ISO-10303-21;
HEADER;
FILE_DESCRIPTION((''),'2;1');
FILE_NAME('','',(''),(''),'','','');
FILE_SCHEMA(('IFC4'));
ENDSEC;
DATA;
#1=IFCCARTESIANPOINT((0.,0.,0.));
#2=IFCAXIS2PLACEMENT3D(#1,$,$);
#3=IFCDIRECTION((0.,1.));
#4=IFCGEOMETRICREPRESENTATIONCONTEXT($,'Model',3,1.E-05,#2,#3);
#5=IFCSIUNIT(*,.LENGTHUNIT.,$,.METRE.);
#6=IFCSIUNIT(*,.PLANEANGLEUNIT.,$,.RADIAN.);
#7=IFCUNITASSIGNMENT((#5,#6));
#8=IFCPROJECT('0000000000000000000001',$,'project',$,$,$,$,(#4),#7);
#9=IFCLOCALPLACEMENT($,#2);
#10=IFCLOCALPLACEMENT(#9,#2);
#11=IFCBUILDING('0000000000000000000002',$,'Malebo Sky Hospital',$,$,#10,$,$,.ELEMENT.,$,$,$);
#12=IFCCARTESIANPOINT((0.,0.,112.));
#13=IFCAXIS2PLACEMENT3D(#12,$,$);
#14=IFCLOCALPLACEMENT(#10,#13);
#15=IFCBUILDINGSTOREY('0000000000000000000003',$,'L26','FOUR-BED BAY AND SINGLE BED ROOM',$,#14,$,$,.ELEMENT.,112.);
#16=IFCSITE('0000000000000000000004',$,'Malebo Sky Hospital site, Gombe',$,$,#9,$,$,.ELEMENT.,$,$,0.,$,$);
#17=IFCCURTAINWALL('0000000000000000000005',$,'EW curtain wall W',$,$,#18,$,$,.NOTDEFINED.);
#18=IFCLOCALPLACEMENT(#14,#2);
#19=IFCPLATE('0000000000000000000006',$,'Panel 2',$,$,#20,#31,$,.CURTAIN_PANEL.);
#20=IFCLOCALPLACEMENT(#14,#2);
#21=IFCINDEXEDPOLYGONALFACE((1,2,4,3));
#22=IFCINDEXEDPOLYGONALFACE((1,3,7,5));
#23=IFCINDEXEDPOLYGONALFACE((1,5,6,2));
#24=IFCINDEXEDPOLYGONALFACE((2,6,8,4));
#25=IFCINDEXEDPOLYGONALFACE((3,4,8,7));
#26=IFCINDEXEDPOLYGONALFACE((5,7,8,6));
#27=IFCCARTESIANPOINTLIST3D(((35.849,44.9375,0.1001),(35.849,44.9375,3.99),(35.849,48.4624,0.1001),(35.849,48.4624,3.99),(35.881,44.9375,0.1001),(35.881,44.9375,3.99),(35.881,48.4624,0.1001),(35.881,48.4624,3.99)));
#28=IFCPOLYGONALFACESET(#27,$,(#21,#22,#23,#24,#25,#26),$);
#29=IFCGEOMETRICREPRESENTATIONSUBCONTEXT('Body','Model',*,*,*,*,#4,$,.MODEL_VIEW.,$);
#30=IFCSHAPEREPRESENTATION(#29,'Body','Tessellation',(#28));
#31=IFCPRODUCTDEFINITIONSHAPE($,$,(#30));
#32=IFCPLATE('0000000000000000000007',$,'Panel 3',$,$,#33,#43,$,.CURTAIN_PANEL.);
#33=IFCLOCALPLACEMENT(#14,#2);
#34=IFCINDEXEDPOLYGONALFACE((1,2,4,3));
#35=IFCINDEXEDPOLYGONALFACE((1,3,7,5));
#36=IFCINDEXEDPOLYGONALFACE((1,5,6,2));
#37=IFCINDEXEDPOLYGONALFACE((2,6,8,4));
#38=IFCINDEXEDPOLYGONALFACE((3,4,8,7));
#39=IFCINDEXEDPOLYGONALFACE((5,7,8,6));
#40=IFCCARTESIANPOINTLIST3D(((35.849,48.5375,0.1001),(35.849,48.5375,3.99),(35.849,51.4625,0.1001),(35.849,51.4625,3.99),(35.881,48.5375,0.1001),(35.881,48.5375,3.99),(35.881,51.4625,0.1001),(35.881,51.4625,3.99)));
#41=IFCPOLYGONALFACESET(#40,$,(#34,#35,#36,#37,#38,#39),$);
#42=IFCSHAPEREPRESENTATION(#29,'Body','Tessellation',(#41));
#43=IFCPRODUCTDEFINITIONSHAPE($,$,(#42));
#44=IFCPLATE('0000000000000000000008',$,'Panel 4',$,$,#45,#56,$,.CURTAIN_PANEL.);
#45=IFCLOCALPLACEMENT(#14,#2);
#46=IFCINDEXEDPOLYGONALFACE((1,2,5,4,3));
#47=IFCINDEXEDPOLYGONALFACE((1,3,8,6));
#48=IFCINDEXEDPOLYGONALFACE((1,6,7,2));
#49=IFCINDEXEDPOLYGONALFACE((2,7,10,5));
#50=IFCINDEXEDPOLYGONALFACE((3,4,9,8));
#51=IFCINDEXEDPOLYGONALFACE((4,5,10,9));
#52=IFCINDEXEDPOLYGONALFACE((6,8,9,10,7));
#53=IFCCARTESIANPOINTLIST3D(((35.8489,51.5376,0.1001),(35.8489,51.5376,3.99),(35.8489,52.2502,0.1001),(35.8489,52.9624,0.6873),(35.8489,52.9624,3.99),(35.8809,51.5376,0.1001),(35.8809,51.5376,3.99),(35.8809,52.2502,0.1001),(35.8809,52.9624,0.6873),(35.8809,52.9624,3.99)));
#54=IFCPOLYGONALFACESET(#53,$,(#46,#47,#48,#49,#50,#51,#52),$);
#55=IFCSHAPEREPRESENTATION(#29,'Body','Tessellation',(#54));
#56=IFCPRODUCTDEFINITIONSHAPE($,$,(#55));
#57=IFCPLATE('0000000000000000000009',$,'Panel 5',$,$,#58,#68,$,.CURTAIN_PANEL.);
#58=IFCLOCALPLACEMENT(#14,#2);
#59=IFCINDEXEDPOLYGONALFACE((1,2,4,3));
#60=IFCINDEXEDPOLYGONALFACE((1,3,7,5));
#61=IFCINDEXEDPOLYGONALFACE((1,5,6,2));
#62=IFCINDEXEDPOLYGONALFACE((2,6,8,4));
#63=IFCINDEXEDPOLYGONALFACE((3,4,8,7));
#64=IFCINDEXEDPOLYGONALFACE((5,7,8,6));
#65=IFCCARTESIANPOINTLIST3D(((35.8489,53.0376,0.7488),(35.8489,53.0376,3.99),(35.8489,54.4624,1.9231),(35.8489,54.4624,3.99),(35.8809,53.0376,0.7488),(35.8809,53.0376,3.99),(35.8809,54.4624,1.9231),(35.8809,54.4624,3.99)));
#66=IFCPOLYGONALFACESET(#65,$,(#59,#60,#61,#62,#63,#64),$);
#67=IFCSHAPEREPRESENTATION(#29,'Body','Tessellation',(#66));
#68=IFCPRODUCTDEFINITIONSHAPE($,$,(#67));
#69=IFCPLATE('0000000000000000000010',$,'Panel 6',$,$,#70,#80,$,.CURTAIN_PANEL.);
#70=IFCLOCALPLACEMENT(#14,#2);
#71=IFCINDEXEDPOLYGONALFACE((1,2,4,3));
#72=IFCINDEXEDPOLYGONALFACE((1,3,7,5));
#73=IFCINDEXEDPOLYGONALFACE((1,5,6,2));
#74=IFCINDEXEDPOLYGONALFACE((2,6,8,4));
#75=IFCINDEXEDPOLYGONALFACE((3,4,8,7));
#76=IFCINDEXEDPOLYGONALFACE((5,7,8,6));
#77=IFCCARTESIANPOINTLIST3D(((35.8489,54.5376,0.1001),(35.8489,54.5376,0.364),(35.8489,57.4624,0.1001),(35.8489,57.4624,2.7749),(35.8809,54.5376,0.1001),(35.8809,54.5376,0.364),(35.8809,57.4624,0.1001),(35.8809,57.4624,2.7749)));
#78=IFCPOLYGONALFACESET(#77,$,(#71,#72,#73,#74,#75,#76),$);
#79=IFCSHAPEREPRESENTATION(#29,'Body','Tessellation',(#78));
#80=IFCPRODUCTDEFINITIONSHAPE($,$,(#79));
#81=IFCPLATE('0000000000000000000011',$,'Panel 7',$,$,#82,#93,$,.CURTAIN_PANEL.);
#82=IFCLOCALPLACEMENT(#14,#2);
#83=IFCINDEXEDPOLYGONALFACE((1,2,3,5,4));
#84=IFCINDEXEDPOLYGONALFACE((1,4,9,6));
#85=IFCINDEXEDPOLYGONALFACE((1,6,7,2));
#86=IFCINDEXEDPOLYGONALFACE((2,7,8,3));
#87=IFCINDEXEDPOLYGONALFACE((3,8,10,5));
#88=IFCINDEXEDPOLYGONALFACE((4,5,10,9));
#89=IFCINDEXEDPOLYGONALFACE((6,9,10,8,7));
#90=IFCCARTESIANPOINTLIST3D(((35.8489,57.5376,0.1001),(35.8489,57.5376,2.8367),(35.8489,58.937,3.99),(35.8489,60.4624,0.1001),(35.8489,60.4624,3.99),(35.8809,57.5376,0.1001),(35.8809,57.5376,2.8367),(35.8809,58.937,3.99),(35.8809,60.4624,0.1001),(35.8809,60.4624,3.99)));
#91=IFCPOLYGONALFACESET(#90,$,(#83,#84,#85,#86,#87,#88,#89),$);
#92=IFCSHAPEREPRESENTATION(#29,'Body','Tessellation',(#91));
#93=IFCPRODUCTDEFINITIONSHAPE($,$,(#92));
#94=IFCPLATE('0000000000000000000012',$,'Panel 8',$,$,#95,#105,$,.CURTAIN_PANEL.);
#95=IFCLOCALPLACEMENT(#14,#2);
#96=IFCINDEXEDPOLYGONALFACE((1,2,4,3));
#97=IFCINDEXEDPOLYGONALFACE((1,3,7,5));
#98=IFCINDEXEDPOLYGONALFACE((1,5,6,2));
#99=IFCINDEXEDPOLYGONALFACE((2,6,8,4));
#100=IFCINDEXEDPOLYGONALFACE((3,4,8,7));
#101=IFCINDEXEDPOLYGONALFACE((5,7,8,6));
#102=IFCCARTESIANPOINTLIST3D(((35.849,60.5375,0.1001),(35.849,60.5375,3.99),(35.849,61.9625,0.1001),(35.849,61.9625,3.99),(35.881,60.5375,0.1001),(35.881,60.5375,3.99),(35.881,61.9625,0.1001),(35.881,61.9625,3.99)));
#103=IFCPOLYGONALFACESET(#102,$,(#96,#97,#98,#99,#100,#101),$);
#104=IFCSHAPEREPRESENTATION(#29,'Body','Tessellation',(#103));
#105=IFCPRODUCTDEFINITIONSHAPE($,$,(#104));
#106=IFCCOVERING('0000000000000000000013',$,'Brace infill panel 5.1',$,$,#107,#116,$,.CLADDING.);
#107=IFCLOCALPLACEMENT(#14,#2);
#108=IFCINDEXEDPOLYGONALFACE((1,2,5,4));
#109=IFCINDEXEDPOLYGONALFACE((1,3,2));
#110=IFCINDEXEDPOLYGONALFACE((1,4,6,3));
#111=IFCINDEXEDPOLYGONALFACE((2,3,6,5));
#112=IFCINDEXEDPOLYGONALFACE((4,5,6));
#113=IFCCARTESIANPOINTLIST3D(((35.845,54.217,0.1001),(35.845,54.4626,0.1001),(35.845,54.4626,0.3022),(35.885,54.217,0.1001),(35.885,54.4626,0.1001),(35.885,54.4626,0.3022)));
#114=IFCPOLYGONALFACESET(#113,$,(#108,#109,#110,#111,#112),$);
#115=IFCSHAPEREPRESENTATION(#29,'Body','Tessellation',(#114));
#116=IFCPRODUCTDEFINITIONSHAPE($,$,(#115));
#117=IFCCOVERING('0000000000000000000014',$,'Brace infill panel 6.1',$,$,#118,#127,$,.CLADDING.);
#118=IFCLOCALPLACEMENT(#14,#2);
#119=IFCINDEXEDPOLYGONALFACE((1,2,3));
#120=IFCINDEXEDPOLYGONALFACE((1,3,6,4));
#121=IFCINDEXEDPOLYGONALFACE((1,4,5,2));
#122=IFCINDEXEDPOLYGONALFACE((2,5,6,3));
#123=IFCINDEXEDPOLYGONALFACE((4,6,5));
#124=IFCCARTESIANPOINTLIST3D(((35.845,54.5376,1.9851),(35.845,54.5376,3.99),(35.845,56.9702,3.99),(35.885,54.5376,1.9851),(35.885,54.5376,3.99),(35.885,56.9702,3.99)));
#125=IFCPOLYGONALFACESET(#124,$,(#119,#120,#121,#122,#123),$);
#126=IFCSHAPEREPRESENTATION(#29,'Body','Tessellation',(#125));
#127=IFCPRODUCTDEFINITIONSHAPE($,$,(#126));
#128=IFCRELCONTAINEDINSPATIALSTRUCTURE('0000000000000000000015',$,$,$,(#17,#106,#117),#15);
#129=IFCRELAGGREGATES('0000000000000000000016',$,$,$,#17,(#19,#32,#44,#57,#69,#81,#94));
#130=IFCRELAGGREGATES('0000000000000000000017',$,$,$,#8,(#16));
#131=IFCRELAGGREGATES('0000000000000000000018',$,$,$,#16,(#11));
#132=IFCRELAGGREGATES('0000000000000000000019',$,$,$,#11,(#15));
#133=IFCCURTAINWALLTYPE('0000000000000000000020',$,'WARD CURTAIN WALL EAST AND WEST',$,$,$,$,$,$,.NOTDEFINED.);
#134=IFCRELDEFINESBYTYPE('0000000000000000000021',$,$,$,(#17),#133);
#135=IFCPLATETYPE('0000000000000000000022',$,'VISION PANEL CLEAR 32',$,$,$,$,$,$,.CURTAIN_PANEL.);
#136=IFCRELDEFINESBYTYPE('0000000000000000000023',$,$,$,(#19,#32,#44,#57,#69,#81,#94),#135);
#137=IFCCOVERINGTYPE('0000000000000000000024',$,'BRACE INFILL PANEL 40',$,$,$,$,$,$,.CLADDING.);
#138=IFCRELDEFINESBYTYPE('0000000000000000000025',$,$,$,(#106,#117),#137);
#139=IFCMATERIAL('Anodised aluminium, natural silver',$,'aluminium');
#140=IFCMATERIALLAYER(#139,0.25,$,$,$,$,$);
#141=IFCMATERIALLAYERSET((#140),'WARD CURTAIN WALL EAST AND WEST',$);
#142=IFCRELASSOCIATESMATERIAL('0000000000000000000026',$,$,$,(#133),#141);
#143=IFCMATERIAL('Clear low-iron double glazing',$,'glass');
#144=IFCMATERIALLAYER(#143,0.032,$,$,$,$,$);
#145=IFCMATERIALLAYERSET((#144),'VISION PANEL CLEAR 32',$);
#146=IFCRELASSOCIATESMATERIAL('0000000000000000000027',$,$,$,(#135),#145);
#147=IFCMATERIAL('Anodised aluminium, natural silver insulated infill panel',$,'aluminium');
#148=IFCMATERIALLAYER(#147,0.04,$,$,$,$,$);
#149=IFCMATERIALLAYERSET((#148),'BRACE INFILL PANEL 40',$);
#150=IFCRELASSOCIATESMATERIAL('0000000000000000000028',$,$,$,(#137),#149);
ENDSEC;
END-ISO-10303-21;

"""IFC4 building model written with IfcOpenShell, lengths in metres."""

from ifc_helpers import new_model, si_unit, direction, frame, origin, origin_2d, place, context, subcontext, project, spatial, polyline, rectangle, outline, extrude, material, layer, layer_set, type_object, element, aggregate, save


model = new_model("IFC4")

# Units and contexts
model_context = context("Model", 3, precision=1e-05, world=origin(), true_north=direction((0.0, 1.0)))
body_context = subcontext(model_context, "Body", "Model", "MODEL_VIEW")
ifc_project = project(units=[si_unit("LENGTHUNIT", "METRE"), si_unit("PLANEANGLEUNIT", "RADIAN")], contexts=[model_context])

# Site, building, storey
site_placement = place(None, origin())
site = spatial("IfcSite", under=ifc_project, at=site_placement, Name="Malebo Sky Hospital site, Gombe", CompositionType="ELEMENT", RefElevation=0.0)
building_placement = place(site_placement, origin())
building = spatial("IfcBuilding", under=site, at=building_placement, Name="Malebo Sky Hospital", CompositionType="ELEMENT")
storey_placement = place(building_placement, frame((0.0, 0.0, 112.0)))
storey = spatial("IfcBuildingStorey", under=building, at=storey_placement, Name="L26", Description="FOUR-BED BAY AND SINGLE BED ROOM", CompositionType="ELEMENT", Elevation=112.0)

# Curtain wall
ifc_material_1 = material(Name="Anodised aluminium, natural silver", Category="aluminium")
ifc_layer_1 = layer(ifc_material_1, 0.25)
ifc_layer_set_1 = layer_set([ifc_layer_1], Name="WARD CURTAIN WALL EAST AND WEST")
curtain_wall_type = type_object("IfcCurtainWallType", Name="WARD CURTAIN WALL EAST AND WEST", PredefinedType="NOTDEFINED", material=ifc_layer_set_1)
curtain_wall_placement = place(storey_placement, origin())
curtain_wall = element("IfcCurtainWall", 1, at=curtain_wall_placement, inside=storey, type_object=curtain_wall_type, Name="EW curtain wall W", PredefinedType="NOTDEFINED")

# Plates
ifc_material_2 = material(Name="Clear low-iron double glazing", Category="glass")
ifc_layer_2 = layer(ifc_material_2, 0.032)
ifc_layer_set_2 = layer_set([ifc_layer_2], Name="VISION PANEL CLEAR 32")
plate_type = type_object("IfcPlateType", Name="VISION PANEL CLEAR 32", PredefinedType="CURTAIN_PANEL", material=ifc_layer_set_2)
plate_1_placement = place(storey_placement, frame((35.865, 46.7, 0.1001), z_axis=(0.0, 0.0, 1.0), x_axis=(0.0, 1.0, 0.0)))
plate_1 = element("IfcPlate", 2, at=plate_1_placement, type_object=plate_type, Name="Panel 2", PredefinedType="CURTAIN_PANEL", context=body_context, shape_type="SweptSolid", body=[
    extrude(rectangle(XDim=3.5249, YDim=0.032, at=origin_2d()), origin(), (0.0, 0.0, 1.0), 3.8899),
])
plate_2_placement = place(storey_placement, frame((35.865, 50.0, 0.1001), z_axis=(0.0, 0.0, 1.0), x_axis=(0.0, 1.0, 0.0)))
plate_2 = element("IfcPlate", 3, at=plate_2_placement, type_object=plate_type, Name="Panel 3", PredefinedType="CURTAIN_PANEL", context=body_context, shape_type="SweptSolid", body=[
    extrude(rectangle(XDim=2.925, YDim=0.032, at=origin_2d()), origin(), (0.0, 0.0, 1.0), 3.8899),
])
plate_3_placement = place(storey_placement, frame((35.865, 52.25, 0.1001), z_axis=(0.0, 0.0, 1.0), x_axis=(0.0, 1.0, 0.0)))
plate_3 = element("IfcPlate", 4, at=plate_3_placement, type_object=plate_type, Name="Panel 4", PredefinedType="CURTAIN_PANEL", context=body_context, shape_type="SweptSolid", body=[
    extrude(outline(polyline([(-0.7124, 0.0), (0.0002, 0.0), (0.7124, 0.5872), (0.7124, 3.8899), (-0.7124, 3.8899), (-0.7124, 0.0)])), frame((0.0, 0.0161, 0.0), z_axis=(0.0, -1.0, 0.0), x_axis=(1.0, 0.0, 0.0)), (0.0, 0.0, 1.0), 0.032),
])
plate_4_placement = place(storey_placement, frame((35.865, 53.75, 0.7488), z_axis=(0.0, 0.0, 1.0), x_axis=(0.0, 1.0, 0.0)))
plate_4 = element("IfcPlate", 5, at=plate_4_placement, type_object=plate_type, Name="Panel 5", PredefinedType="CURTAIN_PANEL", context=body_context, shape_type="SweptSolid", body=[
    extrude(outline(polyline([(-0.7124, 0.0), (0.7124, 1.1743), (0.7124, 3.2412), (-0.7124, 3.2412), (-0.7124, 0.0)])), frame((0.0, 0.0161, 0.0), z_axis=(0.0, -1.0, 0.0), x_axis=(1.0, 0.0, 0.0)), (0.0, 0.0, 1.0), 0.032),
])
plate_5_placement = place(storey_placement, frame((35.865, 56.0, 0.1001), z_axis=(0.0, 0.0, 1.0), x_axis=(0.0, 1.0, 0.0)))
plate_5 = element("IfcPlate", 6, at=plate_5_placement, type_object=plate_type, Name="Panel 6", PredefinedType="CURTAIN_PANEL", context=body_context, shape_type="SweptSolid", body=[
    extrude(outline(polyline([(-1.4624, 0.0), (1.4624, 0.0), (1.4624, 2.6748), (-1.4624, 0.2639), (-1.4624, 0.0)])), frame((0.0, 0.0161, 0.0), z_axis=(0.0, -1.0, 0.0), x_axis=(1.0, 0.0, 0.0)), (0.0, 0.0, 1.0), 0.032),
])
plate_6_placement = place(storey_placement, frame((35.865, 59.0, 0.1001), z_axis=(0.0, 0.0, 1.0), x_axis=(0.0, 1.0, 0.0)))
plate_6 = element("IfcPlate", 7, at=plate_6_placement, type_object=plate_type, Name="Panel 7", PredefinedType="CURTAIN_PANEL", context=body_context, shape_type="SweptSolid", body=[
    extrude(outline(polyline([(-1.4624, 0.0), (1.4624, 0.0), (1.4624, 3.8899), (-0.063, 3.8899), (-1.4624, 2.7366), (-1.4624, 0.0)])), frame((0.0, 0.0161, 0.0), z_axis=(0.0, -1.0, 0.0), x_axis=(1.0, 0.0, 0.0)), (0.0, 0.0, 1.0), 0.032),
])
plate_7_placement = place(storey_placement, frame((35.865, 61.25, 0.1001), z_axis=(0.0, 0.0, 1.0), x_axis=(0.0, 1.0, 0.0)))
plate_7 = element("IfcPlate", 8, at=plate_7_placement, type_object=plate_type, Name="Panel 8", PredefinedType="CURTAIN_PANEL", context=body_context, shape_type="SweptSolid", body=[
    extrude(rectangle(XDim=1.425, YDim=0.032, at=origin_2d()), origin(), (0.0, 0.0, 1.0), 3.8899),
])
aggregate(curtain_wall, [plate_1, plate_2, plate_3, plate_4, plate_5, plate_6, plate_7])

# Coverings
ifc_material_3 = material(Name="Anodised aluminium, natural silver insulated infill panel", Category="aluminium")
ifc_layer_3 = layer(ifc_material_3, 0.04)
ifc_layer_set_3 = layer_set([ifc_layer_3], Name="BRACE INFILL PANEL 40")
covering_type = type_object("IfcCoveringType", Name="BRACE INFILL PANEL 40", PredefinedType="CLADDING", material=ifc_layer_set_3)
covering_1_placement = place(storey_placement, frame((35.865, 54.3398, 0.1001), z_axis=(0.0, 0.0, 1.0), x_axis=(0.0, 1.0, 0.0)))
element("IfcCovering", 9, at=covering_1_placement, inside=storey, type_object=covering_type, Name="Brace infill panel 5.1", PredefinedType="CLADDING", context=body_context, shape_type="SweptSolid", body=[
    extrude(outline(polyline([(-0.1228, 0.0), (0.1228, 0.0), (0.1228, 0.2021), (-0.1228, 0.0)])), frame((0.0, 0.02, 0.0), z_axis=(0.0, -1.0, 0.0), x_axis=(1.0, 0.0, 0.0)), (0.0, 0.0, 1.0), 0.04),
])
covering_2_placement = place(storey_placement, frame((35.865, 55.7539, 1.9851), z_axis=(0.0, 0.0, 1.0), x_axis=(0.0, 1.0, 0.0)))
element("IfcCovering", 10, at=covering_2_placement, inside=storey, type_object=covering_type, Name="Brace infill panel 6.1", PredefinedType="CLADDING", context=body_context, shape_type="SweptSolid", body=[
    extrude(outline(polyline([(-1.2163, 0.0), (1.2163, 2.0049), (-1.2163, 2.0049), (-1.2163, 0.0)])), frame((0.0, 0.02, 0.0), z_axis=(0.0, -1.0, 0.0), x_axis=(1.0, 0.0, 0.0)), (0.0, 0.0, 1.0), 0.04),
])

save(model, "model.ifc")
